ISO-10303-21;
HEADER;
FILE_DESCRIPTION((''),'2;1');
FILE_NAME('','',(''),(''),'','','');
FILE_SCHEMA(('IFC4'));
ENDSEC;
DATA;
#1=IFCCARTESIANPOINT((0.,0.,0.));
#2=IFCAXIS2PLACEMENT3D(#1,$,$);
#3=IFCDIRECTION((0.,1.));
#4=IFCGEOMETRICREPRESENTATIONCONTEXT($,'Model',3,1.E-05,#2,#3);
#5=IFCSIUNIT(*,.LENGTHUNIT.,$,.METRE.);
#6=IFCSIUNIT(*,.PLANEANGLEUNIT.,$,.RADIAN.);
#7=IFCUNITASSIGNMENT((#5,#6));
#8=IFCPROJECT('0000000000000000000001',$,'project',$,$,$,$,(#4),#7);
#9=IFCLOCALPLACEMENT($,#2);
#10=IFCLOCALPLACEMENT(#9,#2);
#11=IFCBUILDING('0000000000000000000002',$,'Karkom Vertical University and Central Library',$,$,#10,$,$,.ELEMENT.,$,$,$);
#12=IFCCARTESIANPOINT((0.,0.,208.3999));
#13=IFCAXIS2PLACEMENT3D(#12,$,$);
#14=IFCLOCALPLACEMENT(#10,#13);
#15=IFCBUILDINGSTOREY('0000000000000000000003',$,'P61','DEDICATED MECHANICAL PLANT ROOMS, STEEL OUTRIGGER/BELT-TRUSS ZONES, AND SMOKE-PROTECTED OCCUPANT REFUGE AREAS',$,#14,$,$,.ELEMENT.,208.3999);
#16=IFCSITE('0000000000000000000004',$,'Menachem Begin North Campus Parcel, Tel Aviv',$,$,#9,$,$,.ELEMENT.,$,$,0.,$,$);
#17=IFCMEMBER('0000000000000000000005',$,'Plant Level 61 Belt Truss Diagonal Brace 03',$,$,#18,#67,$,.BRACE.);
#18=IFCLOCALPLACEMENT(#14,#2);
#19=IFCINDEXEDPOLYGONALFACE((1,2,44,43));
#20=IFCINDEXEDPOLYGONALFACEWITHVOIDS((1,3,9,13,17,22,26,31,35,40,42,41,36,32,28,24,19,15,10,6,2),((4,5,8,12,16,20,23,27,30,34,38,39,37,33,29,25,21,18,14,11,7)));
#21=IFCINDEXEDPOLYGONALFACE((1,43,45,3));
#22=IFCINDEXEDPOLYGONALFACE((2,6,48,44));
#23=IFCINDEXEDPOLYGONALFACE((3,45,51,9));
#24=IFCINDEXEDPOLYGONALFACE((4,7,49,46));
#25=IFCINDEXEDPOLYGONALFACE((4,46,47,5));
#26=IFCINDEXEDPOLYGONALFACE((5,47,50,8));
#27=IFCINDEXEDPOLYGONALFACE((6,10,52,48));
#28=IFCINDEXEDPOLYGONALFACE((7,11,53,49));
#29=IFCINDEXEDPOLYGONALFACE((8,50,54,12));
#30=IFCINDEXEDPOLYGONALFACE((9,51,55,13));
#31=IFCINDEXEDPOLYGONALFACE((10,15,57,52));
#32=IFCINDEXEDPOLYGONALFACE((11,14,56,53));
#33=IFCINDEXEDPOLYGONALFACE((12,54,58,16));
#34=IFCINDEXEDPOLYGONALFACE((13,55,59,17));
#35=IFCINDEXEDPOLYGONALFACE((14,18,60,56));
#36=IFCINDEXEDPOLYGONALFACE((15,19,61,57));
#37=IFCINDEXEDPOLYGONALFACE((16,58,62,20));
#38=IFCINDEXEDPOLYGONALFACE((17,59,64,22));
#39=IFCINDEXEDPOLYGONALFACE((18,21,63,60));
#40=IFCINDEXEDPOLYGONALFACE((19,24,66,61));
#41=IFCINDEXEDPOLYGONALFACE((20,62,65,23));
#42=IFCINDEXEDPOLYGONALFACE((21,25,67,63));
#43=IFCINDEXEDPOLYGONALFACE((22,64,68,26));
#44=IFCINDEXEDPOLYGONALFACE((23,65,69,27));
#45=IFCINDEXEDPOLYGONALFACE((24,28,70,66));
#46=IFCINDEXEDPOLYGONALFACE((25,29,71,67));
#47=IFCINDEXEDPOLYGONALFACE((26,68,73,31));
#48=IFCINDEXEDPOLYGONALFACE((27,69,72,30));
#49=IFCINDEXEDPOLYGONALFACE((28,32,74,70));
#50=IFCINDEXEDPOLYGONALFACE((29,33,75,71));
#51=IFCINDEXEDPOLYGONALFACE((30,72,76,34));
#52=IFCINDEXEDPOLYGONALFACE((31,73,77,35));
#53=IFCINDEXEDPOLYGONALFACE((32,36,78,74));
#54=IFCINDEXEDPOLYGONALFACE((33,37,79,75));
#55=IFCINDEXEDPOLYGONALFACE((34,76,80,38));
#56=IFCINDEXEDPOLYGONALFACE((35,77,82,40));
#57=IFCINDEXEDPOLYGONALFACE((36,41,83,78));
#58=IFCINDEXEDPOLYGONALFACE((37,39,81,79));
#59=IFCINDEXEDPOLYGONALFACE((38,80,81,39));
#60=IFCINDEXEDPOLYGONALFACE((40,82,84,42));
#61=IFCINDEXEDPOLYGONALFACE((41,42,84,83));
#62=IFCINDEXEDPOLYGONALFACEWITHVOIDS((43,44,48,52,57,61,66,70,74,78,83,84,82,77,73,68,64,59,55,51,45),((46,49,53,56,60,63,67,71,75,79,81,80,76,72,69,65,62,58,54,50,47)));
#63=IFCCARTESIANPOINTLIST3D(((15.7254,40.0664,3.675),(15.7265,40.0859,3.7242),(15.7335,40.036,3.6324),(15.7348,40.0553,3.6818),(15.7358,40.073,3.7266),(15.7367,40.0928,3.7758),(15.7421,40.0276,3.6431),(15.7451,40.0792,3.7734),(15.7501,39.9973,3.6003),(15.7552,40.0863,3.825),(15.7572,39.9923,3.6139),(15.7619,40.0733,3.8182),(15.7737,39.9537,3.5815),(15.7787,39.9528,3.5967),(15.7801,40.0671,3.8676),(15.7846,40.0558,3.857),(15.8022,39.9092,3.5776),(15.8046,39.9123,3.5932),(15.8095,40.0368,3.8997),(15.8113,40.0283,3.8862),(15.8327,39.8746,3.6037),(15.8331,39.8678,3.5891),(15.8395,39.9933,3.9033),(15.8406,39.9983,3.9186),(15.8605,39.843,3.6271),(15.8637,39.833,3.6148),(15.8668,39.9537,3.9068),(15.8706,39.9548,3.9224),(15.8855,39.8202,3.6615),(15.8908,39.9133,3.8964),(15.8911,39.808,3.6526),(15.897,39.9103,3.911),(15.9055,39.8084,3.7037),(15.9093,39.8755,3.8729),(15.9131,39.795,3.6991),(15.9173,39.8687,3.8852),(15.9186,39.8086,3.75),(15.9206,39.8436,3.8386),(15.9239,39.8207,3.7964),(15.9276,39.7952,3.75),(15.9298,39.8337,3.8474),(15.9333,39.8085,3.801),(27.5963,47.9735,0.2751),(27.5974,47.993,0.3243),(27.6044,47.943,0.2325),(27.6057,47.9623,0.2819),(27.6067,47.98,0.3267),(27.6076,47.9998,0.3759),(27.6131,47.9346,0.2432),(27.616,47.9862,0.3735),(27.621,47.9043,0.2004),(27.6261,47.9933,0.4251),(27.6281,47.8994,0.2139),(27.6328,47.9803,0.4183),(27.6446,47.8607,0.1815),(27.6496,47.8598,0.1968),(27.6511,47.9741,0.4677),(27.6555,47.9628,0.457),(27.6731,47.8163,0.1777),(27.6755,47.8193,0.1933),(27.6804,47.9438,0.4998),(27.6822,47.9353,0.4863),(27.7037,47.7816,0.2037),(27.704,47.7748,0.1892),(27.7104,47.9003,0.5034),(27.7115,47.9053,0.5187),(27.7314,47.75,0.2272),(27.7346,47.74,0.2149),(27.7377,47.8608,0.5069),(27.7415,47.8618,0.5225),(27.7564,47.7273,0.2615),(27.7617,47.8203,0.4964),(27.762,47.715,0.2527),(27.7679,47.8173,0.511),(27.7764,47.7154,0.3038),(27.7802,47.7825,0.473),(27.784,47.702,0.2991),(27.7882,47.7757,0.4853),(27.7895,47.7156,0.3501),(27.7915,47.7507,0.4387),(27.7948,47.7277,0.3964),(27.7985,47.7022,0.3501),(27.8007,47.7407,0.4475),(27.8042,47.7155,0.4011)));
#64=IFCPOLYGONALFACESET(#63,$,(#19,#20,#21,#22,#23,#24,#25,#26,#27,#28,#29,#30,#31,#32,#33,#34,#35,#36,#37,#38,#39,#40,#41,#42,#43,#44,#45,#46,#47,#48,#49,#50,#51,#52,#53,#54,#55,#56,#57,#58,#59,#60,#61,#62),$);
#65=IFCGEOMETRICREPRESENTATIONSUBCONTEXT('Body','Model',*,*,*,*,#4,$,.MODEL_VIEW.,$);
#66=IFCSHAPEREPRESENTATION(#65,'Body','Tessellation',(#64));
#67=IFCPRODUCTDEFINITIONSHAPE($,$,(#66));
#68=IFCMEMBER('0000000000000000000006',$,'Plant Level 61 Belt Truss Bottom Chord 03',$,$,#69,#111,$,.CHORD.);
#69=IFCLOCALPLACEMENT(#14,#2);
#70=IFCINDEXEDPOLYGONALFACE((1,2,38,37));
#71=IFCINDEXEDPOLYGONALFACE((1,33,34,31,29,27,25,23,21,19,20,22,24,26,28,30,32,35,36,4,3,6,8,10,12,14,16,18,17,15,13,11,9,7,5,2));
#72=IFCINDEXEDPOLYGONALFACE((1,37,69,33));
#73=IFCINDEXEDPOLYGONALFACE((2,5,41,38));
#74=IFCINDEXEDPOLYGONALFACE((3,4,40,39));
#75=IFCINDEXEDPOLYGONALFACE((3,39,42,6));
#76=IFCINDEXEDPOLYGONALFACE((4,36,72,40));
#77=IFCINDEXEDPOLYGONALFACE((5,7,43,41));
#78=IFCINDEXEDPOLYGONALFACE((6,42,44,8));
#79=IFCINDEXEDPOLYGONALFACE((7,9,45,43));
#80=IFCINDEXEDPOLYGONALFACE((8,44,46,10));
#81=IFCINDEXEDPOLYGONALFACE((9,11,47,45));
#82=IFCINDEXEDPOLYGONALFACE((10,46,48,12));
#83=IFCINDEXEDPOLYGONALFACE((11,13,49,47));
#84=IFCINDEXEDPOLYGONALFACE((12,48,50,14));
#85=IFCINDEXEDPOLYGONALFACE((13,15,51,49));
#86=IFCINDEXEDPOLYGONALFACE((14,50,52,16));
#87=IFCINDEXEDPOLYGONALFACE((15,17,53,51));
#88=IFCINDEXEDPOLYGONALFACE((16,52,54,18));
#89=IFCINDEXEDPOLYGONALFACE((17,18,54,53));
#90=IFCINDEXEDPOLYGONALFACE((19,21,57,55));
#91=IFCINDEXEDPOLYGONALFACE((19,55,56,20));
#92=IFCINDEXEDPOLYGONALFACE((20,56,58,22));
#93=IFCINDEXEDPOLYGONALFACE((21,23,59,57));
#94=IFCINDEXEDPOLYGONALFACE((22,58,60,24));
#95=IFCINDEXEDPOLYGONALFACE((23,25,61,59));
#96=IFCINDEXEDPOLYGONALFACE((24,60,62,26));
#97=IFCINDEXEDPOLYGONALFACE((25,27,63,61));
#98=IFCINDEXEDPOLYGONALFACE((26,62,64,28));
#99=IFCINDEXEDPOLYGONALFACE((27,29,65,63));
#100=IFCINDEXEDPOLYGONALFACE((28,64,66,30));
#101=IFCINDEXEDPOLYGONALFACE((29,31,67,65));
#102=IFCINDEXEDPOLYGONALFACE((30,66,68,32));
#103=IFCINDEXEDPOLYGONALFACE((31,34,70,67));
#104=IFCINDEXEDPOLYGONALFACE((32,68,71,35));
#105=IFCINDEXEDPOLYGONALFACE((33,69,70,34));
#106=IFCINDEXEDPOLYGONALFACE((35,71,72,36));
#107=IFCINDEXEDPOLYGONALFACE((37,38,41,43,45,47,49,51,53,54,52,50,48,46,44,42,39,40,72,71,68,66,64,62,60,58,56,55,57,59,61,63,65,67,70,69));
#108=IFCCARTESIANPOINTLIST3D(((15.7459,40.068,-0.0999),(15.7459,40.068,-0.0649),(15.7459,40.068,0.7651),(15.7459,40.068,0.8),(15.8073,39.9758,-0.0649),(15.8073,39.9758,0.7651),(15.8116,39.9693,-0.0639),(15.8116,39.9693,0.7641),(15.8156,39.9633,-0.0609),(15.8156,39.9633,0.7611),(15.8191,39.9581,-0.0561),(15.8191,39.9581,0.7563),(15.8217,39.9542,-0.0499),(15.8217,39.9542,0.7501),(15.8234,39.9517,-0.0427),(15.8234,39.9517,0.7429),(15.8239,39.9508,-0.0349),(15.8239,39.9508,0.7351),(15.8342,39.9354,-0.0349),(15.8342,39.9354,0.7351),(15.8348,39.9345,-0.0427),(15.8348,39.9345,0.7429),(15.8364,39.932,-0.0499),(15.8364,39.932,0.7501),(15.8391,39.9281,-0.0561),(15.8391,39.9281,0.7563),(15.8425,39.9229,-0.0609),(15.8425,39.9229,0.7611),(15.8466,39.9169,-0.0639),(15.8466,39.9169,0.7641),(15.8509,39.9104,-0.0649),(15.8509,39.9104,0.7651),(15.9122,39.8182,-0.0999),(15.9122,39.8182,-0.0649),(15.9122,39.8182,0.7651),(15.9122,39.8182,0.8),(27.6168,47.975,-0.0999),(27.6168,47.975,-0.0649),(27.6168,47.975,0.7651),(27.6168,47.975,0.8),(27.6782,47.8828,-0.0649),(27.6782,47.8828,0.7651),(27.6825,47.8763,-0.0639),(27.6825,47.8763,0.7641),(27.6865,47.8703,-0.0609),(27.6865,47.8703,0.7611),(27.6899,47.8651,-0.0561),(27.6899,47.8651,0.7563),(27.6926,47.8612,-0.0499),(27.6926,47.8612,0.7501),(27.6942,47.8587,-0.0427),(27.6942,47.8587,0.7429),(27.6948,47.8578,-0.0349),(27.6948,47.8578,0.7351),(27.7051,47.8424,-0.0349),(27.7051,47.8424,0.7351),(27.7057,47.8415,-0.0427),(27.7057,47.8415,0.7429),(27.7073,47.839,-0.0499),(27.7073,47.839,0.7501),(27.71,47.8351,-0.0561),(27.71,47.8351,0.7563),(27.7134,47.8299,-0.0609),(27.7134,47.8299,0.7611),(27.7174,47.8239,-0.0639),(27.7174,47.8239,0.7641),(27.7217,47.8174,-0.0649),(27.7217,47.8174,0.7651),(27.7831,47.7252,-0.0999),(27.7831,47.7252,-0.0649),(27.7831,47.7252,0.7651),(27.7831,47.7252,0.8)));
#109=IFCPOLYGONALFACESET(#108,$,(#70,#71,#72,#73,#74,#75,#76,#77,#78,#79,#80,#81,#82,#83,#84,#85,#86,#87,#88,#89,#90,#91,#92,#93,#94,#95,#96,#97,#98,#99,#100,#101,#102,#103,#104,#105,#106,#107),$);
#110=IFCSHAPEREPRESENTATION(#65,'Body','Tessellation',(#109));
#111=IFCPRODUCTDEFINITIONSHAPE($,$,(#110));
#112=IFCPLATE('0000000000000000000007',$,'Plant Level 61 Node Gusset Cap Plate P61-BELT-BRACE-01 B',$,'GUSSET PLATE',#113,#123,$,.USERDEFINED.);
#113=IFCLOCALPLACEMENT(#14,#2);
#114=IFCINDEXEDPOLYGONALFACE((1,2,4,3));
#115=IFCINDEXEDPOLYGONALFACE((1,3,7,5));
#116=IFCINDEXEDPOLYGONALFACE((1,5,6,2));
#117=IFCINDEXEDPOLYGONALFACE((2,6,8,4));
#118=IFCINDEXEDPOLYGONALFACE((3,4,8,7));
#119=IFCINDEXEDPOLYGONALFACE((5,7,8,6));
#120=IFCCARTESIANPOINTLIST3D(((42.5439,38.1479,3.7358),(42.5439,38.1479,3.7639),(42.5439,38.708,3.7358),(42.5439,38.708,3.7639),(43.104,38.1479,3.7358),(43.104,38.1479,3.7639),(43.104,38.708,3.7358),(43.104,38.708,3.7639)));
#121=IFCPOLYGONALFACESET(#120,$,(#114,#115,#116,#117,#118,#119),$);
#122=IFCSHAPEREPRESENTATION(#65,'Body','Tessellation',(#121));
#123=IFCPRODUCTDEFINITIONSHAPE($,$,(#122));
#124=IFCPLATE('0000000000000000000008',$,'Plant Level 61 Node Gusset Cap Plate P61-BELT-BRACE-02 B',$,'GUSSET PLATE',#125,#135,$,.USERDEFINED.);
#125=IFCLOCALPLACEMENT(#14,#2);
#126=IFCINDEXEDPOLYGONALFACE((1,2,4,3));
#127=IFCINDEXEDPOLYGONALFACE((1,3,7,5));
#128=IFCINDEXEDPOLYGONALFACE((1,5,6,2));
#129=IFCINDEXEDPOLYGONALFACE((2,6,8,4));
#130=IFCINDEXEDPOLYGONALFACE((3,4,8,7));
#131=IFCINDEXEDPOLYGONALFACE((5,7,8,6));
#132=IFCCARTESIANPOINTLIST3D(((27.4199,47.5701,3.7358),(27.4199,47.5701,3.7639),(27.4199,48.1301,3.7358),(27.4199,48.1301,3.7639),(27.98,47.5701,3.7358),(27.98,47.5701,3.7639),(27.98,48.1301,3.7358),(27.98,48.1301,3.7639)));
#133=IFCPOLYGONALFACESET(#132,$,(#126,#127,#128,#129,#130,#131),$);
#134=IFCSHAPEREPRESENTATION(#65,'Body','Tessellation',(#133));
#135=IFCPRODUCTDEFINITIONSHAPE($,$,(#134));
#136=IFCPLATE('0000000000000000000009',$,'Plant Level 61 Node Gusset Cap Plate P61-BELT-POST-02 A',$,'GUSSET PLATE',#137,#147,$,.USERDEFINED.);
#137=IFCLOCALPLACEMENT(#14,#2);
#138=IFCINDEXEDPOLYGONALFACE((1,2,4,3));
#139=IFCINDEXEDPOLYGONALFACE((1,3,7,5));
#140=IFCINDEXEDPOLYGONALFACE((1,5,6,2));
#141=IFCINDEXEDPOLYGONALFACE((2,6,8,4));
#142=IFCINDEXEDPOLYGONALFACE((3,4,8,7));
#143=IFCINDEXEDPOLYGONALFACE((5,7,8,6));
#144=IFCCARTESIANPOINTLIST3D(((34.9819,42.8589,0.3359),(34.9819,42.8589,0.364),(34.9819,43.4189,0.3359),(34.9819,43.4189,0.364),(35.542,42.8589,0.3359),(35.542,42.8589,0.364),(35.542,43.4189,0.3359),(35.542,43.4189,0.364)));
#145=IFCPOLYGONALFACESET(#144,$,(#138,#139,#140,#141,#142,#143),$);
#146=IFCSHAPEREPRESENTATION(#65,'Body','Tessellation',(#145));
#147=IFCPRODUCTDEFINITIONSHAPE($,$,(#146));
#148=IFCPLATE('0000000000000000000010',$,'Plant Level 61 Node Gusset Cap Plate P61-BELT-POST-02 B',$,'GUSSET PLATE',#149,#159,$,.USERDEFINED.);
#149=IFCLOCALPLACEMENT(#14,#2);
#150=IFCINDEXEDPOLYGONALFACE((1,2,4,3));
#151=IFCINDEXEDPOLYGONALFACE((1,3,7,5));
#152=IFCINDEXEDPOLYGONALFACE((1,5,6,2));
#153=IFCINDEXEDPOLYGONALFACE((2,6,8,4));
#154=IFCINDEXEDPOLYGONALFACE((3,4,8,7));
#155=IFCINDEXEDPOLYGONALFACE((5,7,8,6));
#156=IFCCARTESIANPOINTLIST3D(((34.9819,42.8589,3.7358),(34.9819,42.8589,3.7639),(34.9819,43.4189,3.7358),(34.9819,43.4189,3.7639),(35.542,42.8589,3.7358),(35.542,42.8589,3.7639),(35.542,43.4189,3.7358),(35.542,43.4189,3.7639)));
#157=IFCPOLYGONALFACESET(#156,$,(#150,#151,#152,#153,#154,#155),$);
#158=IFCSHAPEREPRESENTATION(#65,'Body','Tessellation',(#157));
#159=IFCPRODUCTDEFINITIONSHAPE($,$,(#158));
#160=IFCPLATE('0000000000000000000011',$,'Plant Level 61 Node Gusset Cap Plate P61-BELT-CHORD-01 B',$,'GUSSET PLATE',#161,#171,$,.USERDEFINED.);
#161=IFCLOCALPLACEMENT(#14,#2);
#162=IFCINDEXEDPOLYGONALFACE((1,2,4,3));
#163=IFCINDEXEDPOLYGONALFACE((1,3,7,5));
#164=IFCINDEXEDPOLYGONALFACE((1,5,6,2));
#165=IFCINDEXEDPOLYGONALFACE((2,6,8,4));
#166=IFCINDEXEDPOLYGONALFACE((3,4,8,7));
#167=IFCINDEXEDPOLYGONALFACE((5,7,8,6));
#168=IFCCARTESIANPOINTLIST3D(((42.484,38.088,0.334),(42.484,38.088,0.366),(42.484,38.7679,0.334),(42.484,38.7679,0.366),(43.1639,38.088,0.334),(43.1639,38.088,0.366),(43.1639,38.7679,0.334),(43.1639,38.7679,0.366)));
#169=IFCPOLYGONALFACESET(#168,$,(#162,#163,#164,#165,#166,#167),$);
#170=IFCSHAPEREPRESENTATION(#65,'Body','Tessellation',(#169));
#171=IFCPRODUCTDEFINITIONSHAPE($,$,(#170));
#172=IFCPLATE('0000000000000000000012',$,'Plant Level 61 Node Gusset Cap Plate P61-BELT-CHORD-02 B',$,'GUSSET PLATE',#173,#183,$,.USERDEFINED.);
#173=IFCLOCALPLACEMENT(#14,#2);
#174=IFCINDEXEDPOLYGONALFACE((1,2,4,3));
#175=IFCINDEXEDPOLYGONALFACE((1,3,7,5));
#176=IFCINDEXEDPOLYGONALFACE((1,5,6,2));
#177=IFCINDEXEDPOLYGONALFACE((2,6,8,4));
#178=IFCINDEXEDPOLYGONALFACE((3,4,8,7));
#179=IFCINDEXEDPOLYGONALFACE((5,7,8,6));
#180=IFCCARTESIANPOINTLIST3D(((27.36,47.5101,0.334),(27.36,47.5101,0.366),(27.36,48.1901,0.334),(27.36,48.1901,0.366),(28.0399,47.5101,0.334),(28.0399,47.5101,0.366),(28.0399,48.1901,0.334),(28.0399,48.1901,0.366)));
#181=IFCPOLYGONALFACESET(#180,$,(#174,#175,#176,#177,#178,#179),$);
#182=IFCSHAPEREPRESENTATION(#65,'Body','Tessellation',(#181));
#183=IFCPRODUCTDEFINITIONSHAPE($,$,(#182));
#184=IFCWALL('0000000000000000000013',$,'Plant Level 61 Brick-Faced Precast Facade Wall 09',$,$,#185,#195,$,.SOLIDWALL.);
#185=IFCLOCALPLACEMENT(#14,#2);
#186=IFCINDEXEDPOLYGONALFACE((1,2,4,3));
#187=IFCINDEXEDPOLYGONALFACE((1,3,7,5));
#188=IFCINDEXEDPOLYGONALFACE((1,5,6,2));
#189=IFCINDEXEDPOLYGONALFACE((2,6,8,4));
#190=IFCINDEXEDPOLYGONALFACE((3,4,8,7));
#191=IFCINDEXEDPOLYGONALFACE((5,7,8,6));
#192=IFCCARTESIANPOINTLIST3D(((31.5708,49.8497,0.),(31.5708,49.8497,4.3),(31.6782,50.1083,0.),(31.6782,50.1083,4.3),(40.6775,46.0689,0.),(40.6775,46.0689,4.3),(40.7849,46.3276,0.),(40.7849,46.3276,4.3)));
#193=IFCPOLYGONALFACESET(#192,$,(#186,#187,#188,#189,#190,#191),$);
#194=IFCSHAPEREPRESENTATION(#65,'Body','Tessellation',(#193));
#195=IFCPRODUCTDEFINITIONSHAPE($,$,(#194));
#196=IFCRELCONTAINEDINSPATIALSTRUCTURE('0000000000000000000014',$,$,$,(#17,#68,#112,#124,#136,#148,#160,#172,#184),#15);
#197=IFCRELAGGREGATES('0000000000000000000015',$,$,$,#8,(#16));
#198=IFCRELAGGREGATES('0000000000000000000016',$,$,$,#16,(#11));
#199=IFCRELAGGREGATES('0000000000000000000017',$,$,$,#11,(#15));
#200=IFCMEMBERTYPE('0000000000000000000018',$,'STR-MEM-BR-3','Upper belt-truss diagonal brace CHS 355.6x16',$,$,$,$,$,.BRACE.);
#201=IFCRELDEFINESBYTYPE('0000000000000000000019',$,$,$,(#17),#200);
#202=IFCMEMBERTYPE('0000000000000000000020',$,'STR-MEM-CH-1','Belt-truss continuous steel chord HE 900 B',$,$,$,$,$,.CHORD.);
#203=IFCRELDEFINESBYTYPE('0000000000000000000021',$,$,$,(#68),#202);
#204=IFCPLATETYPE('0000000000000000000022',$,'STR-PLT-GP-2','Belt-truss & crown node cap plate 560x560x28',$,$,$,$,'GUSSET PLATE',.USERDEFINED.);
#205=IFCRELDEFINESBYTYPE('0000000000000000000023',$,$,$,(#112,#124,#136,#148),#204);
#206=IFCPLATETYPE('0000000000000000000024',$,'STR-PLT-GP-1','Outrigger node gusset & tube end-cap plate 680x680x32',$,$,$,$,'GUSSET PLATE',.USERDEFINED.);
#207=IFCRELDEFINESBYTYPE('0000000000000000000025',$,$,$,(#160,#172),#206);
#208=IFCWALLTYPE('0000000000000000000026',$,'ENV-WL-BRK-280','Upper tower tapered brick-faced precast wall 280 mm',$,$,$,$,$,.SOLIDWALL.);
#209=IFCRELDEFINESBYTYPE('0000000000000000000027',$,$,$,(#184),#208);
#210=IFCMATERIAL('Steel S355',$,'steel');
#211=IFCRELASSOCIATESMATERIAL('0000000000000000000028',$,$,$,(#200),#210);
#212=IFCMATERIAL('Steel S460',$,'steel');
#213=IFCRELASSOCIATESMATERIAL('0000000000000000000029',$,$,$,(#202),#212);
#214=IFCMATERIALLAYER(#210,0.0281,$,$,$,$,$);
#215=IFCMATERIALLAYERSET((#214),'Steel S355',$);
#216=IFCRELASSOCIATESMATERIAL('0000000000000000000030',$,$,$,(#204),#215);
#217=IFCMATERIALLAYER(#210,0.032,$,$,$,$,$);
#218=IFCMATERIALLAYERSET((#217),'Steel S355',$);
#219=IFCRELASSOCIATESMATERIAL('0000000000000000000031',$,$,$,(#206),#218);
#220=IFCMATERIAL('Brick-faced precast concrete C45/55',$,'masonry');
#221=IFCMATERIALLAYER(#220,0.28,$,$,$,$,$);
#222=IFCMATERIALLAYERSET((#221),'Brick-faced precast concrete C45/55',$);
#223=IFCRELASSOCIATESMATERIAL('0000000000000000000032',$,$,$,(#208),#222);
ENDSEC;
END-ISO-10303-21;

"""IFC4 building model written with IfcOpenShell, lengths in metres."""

from ifc_helpers import new_model, si_unit, direction, frame, frame_2d, origin, origin_with_axes, origin_2d, place, context, subcontext, project, spatial, rectangle, hollow_circle, i_section, extrude, source, transform, mapped, material, layer, layer_set, material_profile, profile_set, type_object, element, save


model = new_model("IFC4")

# Units and contexts
model_context = context("Model", 3, precision=1e-05, world=origin(), true_north=direction((0.0, 1.0)))
body_context = subcontext(model_context, "Body", "Model", "MODEL_VIEW")
ifc_project = project(units=[si_unit("LENGTHUNIT", "METRE"), si_unit("PLANEANGLEUNIT", "RADIAN")], contexts=[model_context])

# Site, building, storey
site_placement = place(None, origin())
site = spatial("IfcSite", under=ifc_project, at=site_placement, Name="Menachem Begin North Campus Parcel, Tel Aviv", CompositionType="ELEMENT", RefElevation=0.0)
building_placement = place(site_placement, origin())
building = spatial("IfcBuilding", under=site, at=building_placement, Name="Karkom Vertical University and Central Library", CompositionType="ELEMENT")
storey_placement = place(building_placement, frame((0.0, 0.0, 208.3999)))
storey = spatial("IfcBuildingStorey", under=building, at=storey_placement, Name="P61", Description="DEDICATED MECHANICAL PLANT ROOMS, STEEL OUTRIGGER/BELT-TRUSS ZONES, AND SMOKE-PROTECTED OCCUPANT REFUGE AREAS", CompositionType="ELEMENT", Elevation=208.3999)

# Shared definitions
ifc_material_1 = material(Name="Steel S355", Category="steel")
ifc_material_2 = material(Name="Steel S460", Category="steel")

# Members
ifc_material_profile_1 = material_profile(ifc_material_1, hollow_circle(Radius=0.1777, WallThickness=0.0161, at=origin_2d()), Name="CHS 355.6x16")
ifc_profile_set_1 = profile_set([ifc_material_profile_1], Name="Steel S355")
member_type_1 = type_object("IfcMemberType", Name="STR-MEM-BR-3", Description="Upper belt-truss diagonal brace CHS 355.6x16", PredefinedType="BRACE", material=ifc_profile_set_1)
ifc_material_profile_2 = material_profile(ifc_material_2, i_section(OverallWidth=0.3, OverallDepth=0.8999, WebThickness=0.0186, FlangeThickness=0.0349, FilletRadius=0.03, at=origin_2d()), Name="HE 900 B")
ifc_profile_set_2 = profile_set([ifc_material_profile_2], Name="Steel S460")
member_type_2 = type_object("IfcMemberType", Name="STR-MEM-CH-1", Description="Belt-truss continuous steel chord HE 900 B", PredefinedType="CHORD", material=ifc_profile_set_2)
shared_shape_1 = source(origin_with_axes(), body_context, "Body", "SweptSolid", [
    extrude(hollow_circle(Radius=0.1777, WallThickness=0.0161, at=origin_2d()), origin(), (0.0, 0.0, 1.0), 14.6628),
])
member_1_placement = place(storey_placement, frame((27.7, 47.8501, 0.3501), z_axis=(-0.809591, -0.539256, 0.231873), x_axis=(0.554364, -0.832274, 0.0)))
element("IfcMember", 1, at=member_1_placement, inside=storey, type_object=member_type_1, Name="Plant Level 61 Belt Truss Diagonal Brace 03", PredefinedType="BRACE", context=body_context, shape_type="MappedRepresentation", body=[
    mapped(shared_shape_1, transform((0.0, 0.0, 0.0), scale=1.0)),
])
shared_shape_2 = source(origin_with_axes(), body_context, "Body", "SweptSolid", [
    extrude(i_section(OverallWidth=0.3, OverallDepth=0.8999, WebThickness=0.0186, FlangeThickness=0.0349, FilletRadius=0.03, at=origin_2d()), origin(), (0.0, 0.0, 1.0), 14.2632),
])
member_2_placement = place(storey_placement, frame((27.7, 47.8501, 0.3501), z_axis=(-0.832274, -0.554364, 0.0), x_axis=(0.554364, -0.832274, 0.0)))
element("IfcMember", 2, at=member_2_placement, inside=storey, type_object=member_type_2, Name="Plant Level 61 Belt Truss Bottom Chord 03", PredefinedType="CHORD", context=body_context, shape_type="MappedRepresentation", body=[
    mapped(shared_shape_2, transform((0.0, 0.0, 0.0), scale=1.0)),
])

# Plates
ifc_layer_1 = layer(ifc_material_1, 0.0281)
ifc_layer_set_1 = layer_set([ifc_layer_1], Name="Steel S355")
plate_type_1 = type_object("IfcPlateType", Name="STR-PLT-GP-2", Description="Belt-truss & crown node cap plate 560x560x28", ElementType="GUSSET PLATE", PredefinedType="USERDEFINED", material=ifc_layer_set_1)
shared_shape_3 = source(origin_with_axes(), body_context, "Body", "SweptSolid", [
    extrude(rectangle(XDim=0.5601, YDim=0.5601, at=origin_2d()), origin(), (0.0, 0.0, 1.0), 0.0281),
])
for number, where, z_axis, x_axis, name in (
    (3, (42.824, 38.428, 3.7358), (0.0, 0.0, 1.0), (1.0, 0.0, 0.0), "Plant Level 61 Node Gusset Cap Plate P61-BELT-BRACE-01 B"),
    (4, (27.7, 47.8501, 3.7358), (0.0, 0.0, 1.0), (1.0, 0.0, 0.0), "Plant Level 61 Node Gusset Cap Plate P61-BELT-BRACE-02 B"),
    (5, (35.262, 43.1389, 0.3359), (0.0, 0.0, 1.0), (1.0, 0.0, 0.0), "Plant Level 61 Node Gusset Cap Plate P61-BELT-POST-02 A"),
    (6, (35.262, 43.1389, 3.7358), (0.0, 0.0, 1.0), (1.0, 0.0, 0.0), "Plant Level 61 Node Gusset Cap Plate P61-BELT-POST-02 B"),
):
    element("IfcPlate", number, at=place(storey_placement, frame(where, z_axis=z_axis, x_axis=x_axis)), inside=storey, type_object=plate_type_1, Name=name, ObjectType="GUSSET PLATE", PredefinedType="USERDEFINED", context=body_context, shape_type="MappedRepresentation", body=[
        mapped(shared_shape_3, transform((0.0, 0.0, 0.0), scale=1.0)),
    ])
ifc_layer_2 = layer(ifc_material_1, 0.032)
ifc_layer_set_2 = layer_set([ifc_layer_2], Name="Steel S355")
plate_type_2 = type_object("IfcPlateType", Name="STR-PLT-GP-1", Description="Outrigger node gusset & tube end-cap plate 680x680x32", ElementType="GUSSET PLATE", PredefinedType="USERDEFINED", material=ifc_layer_set_2)
shared_shape_4 = source(origin_with_axes(), body_context, "Body", "SweptSolid", [
    extrude(rectangle(XDim=0.6799, YDim=0.6799, at=origin_2d()), origin(), (0.0, 0.0, 1.0), 0.032),
])
for number, where, z_axis, x_axis, name in (
    (7, (42.824, 38.428, 0.334), (0.0, 0.0, 1.0), (1.0, 0.0, 0.0), "Plant Level 61 Node Gusset Cap Plate P61-BELT-CHORD-01 B"),
    (8, (27.7, 47.8501, 0.334), (0.0, 0.0, 1.0), (1.0, 0.0, 0.0), "Plant Level 61 Node Gusset Cap Plate P61-BELT-CHORD-02 B"),
):
    element("IfcPlate", number, at=place(storey_placement, frame(where, z_axis=z_axis, x_axis=x_axis)), inside=storey, type_object=plate_type_2, Name=name, ObjectType="GUSSET PLATE", PredefinedType="USERDEFINED", context=body_context, shape_type="MappedRepresentation", body=[
        mapped(shared_shape_4, transform((0.0, 0.0, 0.0), scale=1.0)),
    ])

# Wall
ifc_material_3 = material(Name="Brick-faced precast concrete C45/55", Category="masonry")
ifc_layer_3 = layer(ifc_material_3, 0.28)
ifc_layer_set_3 = layer_set([ifc_layer_3], Name="Brick-faced precast concrete C45/55")
wall_type_1 = type_object("IfcWallType", Name="ENV-WL-BRK-280", Description="Upper tower tapered brick-faced precast wall 280 mm", PredefinedType="SOLIDWALL", material=ifc_layer_set_3)
wall_1_placement = place(storey_placement, frame((40.7312, 46.1982, 0.0), z_axis=(0.0, 0.0, 1.0), x_axis=(-0.923569, 0.383432, 0.0)))
element("IfcWall", 9, at=wall_1_placement, inside=storey, type_object=wall_type_1, Name="Plant Level 61 Brick-Faced Precast Facade Wall 09", PredefinedType="SOLIDWALL", context=body_context, shape_type="SweptSolid", body=[
    extrude(rectangle(XDim=9.8604, YDim=0.28, at=frame_2d((4.9302, 0.0))), origin(), (0.0, 0.0, 1.0), 4.3),
])

save(model, "model.ifc")
